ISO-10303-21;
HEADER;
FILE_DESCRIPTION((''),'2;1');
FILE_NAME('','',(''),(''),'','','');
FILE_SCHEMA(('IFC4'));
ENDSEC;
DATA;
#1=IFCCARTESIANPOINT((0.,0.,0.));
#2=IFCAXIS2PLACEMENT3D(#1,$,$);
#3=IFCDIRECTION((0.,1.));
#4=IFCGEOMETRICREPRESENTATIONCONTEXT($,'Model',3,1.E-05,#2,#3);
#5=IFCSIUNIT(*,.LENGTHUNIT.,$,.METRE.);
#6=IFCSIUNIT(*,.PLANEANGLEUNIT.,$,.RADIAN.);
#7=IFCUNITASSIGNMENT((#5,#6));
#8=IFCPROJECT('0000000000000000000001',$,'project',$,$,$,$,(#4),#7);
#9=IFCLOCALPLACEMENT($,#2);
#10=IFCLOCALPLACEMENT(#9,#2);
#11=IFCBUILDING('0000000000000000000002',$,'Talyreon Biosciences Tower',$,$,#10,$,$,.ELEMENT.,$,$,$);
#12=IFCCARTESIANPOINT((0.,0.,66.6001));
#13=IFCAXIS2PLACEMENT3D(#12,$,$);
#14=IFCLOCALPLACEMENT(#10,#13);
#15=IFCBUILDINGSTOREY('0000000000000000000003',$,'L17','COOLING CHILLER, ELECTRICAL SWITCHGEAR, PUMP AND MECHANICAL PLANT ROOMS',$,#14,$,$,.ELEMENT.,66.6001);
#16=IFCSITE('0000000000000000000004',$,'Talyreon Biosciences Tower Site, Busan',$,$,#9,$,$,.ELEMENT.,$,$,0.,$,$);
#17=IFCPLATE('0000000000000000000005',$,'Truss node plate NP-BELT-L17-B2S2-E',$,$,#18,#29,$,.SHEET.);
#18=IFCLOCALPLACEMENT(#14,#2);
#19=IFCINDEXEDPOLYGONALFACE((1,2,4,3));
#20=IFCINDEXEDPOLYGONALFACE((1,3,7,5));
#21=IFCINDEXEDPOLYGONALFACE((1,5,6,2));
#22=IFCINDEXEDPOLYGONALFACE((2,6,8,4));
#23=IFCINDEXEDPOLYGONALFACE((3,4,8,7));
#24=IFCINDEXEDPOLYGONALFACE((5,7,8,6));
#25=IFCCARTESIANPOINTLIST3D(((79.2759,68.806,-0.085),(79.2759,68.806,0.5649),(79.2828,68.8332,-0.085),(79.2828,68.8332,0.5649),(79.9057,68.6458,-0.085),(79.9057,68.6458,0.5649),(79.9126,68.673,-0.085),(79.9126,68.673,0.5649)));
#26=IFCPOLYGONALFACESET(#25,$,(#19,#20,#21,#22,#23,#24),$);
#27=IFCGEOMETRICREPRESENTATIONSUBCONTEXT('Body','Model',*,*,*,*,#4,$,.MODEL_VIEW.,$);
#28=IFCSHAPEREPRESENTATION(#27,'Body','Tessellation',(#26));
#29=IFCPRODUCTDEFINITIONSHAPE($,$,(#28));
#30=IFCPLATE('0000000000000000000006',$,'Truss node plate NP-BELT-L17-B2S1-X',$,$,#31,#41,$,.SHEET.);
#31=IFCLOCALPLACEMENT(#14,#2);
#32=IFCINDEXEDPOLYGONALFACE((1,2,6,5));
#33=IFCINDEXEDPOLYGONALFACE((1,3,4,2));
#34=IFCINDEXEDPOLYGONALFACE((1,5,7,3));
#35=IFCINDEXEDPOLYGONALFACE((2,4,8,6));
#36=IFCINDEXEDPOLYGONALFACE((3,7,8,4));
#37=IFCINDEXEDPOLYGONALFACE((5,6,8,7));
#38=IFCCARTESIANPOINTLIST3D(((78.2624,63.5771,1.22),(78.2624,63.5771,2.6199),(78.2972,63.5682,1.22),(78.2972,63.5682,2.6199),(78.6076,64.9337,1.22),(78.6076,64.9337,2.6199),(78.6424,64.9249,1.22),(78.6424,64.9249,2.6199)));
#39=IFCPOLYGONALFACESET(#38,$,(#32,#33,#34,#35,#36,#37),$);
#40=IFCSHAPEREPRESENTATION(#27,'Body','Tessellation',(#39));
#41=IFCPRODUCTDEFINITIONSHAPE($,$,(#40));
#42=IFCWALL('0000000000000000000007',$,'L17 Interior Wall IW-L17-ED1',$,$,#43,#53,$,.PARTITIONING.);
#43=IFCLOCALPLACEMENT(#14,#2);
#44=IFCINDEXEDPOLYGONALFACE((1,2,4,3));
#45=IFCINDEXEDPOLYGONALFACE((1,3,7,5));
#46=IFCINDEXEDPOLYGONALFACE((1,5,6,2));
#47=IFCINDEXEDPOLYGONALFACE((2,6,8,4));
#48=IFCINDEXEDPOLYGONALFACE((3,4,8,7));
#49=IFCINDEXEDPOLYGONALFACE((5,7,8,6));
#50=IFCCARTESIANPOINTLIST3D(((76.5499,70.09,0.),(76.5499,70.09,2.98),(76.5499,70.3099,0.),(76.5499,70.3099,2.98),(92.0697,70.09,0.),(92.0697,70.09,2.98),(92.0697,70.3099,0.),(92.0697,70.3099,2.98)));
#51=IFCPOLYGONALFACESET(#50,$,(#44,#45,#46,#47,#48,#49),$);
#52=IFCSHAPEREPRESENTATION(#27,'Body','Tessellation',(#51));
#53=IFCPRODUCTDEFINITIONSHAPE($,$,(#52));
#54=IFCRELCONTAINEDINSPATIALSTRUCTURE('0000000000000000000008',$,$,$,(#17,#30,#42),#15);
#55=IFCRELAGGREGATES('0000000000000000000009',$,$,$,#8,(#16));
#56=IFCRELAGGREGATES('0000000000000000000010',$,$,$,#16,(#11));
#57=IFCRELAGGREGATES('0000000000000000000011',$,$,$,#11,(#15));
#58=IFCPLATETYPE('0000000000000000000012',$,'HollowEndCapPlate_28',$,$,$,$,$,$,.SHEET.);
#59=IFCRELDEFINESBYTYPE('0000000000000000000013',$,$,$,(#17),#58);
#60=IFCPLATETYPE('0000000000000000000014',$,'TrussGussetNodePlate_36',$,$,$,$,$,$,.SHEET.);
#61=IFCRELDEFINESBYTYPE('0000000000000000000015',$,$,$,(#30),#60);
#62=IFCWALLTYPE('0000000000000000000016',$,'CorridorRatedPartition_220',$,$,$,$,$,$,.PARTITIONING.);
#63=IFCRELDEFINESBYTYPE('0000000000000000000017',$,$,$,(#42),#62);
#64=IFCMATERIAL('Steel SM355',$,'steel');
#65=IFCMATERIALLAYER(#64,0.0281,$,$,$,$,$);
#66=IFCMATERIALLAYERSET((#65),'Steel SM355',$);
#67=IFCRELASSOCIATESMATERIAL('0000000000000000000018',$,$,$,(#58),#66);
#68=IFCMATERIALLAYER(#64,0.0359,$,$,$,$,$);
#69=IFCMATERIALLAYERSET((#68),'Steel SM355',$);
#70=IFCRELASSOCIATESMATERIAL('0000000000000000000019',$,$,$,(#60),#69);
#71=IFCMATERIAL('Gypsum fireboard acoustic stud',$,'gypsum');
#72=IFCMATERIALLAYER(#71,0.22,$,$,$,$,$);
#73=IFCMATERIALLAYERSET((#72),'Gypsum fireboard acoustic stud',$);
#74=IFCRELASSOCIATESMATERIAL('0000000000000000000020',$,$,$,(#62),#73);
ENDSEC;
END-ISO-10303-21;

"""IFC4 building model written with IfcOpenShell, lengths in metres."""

from ifc_helpers import new_model, si_unit, direction, frame, frame_2d, origin, origin_2d, place, context, subcontext, project, spatial, rectangle, extrude, material, layer, layer_set, type_object, element, save


model = new_model("IFC4")

# Units and contexts
model_context = context("Model", 3, precision=1e-05, world=origin(), true_north=direction((0.0, 1.0)))
body_context = subcontext(model_context, "Body", "Model", "MODEL_VIEW")
ifc_project = project(units=[si_unit("LENGTHUNIT", "METRE"), si_unit("PLANEANGLEUNIT", "RADIAN")], contexts=[model_context])

# Site, building, storey
site_placement = place(None, origin())
site = spatial("IfcSite", under=ifc_project, at=site_placement, Name="Talyreon Biosciences Tower Site, Busan", CompositionType="ELEMENT", RefElevation=0.0)
building_placement = place(site_placement, origin())
building = spatial("IfcBuilding", under=site, at=building_placement, Name="Talyreon Biosciences Tower", CompositionType="ELEMENT")
storey_placement = place(building_placement, frame((0.0, 0.0, 66.6001)))
storey = spatial("IfcBuildingStorey", under=building, at=storey_placement, Name="L17", Description="COOLING CHILLER, ELECTRICAL SWITCHGEAR, PUMP AND MECHANICAL PLANT ROOMS", CompositionType="ELEMENT", Elevation=66.6001)

# Shared definitions
ifc_material_1 = material(Name="Steel SM355", Category="steel")

# Plates
ifc_layer_1 = layer(ifc_material_1, 0.0281)
ifc_layer_set_1 = layer_set([ifc_layer_1], Name="Steel SM355")
plate_type_1 = type_object("IfcPlateType", Name="HollowEndCapPlate_28", PredefinedType="SHEET", material=ifc_layer_set_1)
for number, where, z_axis, x_axis, name in (
    (1, (79.5942, 68.7395, -0.085), (0.0, 0.0, 1.0), (-0.969132, 0.246542, 0.0), "Truss node plate NP-BELT-L17-B2S2-E"),
):
    element("IfcPlate", number, at=place(storey_placement, frame(where, z_axis=z_axis, x_axis=x_axis)), inside=storey, type_object=plate_type_1, Name=name, PredefinedType="SHEET", context=body_context, shape_type="SweptSolid", body=[
        extrude(rectangle(XDim=0.6499, YDim=0.0281, at=origin_2d()), origin(), (0.0, 0.0, 1.0), 0.6499),
    ])
ifc_layer_2 = layer(ifc_material_1, 0.0359)
ifc_layer_set_2 = layer_set([ifc_layer_2], Name="Steel SM355")
plate_type_2 = type_object("IfcPlateType", Name="TrussGussetNodePlate_36", PredefinedType="SHEET", material=ifc_layer_set_2)
plate_1_placement = place(storey_placement, frame((78.4524, 64.251, 1.22), z_axis=(0.0, 0.0, 1.0), x_axis=(0.246542, 0.969132, 0.0)))
element("IfcPlate", 2, at=plate_1_placement, inside=storey, type_object=plate_type_2, Name="Truss node plate NP-BELT-L17-B2S1-X", PredefinedType="SHEET", context=body_context, shape_type="SweptSolid", body=[
    extrude(rectangle(XDim=1.3999, YDim=0.0359, at=origin_2d()), origin(), (0.0, 0.0, 1.0), 1.3999),
])

# Wall
ifc_material_2 = material(Name="Gypsum fireboard acoustic stud", Category="gypsum")
ifc_layer_3 = layer(ifc_material_2, 0.22)
ifc_layer_set_3 = layer_set([ifc_layer_3], Name="Gypsum fireboard acoustic stud")
wall_type = type_object("IfcWallType", Name="CorridorRatedPartition_220", PredefinedType="PARTITIONING", material=ifc_layer_set_3)
wall_placement = place(storey_placement, frame((76.55, 70.2, 0.0), z_axis=(0.0, 0.0, 1.0), x_axis=(1.0, 0.0, 0.0)))
element("IfcWall", 3, at=wall_placement, inside=storey, type_object=wall_type, Name="L17 Interior Wall IW-L17-ED1", PredefinedType="PARTITIONING", context=body_context, shape_type="SweptSolid", body=[
    extrude(rectangle(XDim=15.5198, YDim=0.22, at=frame_2d((7.7598, 0.0))), origin(), (0.0, 0.0, 1.0), 2.98),
])

save(model, "model.ifc")
